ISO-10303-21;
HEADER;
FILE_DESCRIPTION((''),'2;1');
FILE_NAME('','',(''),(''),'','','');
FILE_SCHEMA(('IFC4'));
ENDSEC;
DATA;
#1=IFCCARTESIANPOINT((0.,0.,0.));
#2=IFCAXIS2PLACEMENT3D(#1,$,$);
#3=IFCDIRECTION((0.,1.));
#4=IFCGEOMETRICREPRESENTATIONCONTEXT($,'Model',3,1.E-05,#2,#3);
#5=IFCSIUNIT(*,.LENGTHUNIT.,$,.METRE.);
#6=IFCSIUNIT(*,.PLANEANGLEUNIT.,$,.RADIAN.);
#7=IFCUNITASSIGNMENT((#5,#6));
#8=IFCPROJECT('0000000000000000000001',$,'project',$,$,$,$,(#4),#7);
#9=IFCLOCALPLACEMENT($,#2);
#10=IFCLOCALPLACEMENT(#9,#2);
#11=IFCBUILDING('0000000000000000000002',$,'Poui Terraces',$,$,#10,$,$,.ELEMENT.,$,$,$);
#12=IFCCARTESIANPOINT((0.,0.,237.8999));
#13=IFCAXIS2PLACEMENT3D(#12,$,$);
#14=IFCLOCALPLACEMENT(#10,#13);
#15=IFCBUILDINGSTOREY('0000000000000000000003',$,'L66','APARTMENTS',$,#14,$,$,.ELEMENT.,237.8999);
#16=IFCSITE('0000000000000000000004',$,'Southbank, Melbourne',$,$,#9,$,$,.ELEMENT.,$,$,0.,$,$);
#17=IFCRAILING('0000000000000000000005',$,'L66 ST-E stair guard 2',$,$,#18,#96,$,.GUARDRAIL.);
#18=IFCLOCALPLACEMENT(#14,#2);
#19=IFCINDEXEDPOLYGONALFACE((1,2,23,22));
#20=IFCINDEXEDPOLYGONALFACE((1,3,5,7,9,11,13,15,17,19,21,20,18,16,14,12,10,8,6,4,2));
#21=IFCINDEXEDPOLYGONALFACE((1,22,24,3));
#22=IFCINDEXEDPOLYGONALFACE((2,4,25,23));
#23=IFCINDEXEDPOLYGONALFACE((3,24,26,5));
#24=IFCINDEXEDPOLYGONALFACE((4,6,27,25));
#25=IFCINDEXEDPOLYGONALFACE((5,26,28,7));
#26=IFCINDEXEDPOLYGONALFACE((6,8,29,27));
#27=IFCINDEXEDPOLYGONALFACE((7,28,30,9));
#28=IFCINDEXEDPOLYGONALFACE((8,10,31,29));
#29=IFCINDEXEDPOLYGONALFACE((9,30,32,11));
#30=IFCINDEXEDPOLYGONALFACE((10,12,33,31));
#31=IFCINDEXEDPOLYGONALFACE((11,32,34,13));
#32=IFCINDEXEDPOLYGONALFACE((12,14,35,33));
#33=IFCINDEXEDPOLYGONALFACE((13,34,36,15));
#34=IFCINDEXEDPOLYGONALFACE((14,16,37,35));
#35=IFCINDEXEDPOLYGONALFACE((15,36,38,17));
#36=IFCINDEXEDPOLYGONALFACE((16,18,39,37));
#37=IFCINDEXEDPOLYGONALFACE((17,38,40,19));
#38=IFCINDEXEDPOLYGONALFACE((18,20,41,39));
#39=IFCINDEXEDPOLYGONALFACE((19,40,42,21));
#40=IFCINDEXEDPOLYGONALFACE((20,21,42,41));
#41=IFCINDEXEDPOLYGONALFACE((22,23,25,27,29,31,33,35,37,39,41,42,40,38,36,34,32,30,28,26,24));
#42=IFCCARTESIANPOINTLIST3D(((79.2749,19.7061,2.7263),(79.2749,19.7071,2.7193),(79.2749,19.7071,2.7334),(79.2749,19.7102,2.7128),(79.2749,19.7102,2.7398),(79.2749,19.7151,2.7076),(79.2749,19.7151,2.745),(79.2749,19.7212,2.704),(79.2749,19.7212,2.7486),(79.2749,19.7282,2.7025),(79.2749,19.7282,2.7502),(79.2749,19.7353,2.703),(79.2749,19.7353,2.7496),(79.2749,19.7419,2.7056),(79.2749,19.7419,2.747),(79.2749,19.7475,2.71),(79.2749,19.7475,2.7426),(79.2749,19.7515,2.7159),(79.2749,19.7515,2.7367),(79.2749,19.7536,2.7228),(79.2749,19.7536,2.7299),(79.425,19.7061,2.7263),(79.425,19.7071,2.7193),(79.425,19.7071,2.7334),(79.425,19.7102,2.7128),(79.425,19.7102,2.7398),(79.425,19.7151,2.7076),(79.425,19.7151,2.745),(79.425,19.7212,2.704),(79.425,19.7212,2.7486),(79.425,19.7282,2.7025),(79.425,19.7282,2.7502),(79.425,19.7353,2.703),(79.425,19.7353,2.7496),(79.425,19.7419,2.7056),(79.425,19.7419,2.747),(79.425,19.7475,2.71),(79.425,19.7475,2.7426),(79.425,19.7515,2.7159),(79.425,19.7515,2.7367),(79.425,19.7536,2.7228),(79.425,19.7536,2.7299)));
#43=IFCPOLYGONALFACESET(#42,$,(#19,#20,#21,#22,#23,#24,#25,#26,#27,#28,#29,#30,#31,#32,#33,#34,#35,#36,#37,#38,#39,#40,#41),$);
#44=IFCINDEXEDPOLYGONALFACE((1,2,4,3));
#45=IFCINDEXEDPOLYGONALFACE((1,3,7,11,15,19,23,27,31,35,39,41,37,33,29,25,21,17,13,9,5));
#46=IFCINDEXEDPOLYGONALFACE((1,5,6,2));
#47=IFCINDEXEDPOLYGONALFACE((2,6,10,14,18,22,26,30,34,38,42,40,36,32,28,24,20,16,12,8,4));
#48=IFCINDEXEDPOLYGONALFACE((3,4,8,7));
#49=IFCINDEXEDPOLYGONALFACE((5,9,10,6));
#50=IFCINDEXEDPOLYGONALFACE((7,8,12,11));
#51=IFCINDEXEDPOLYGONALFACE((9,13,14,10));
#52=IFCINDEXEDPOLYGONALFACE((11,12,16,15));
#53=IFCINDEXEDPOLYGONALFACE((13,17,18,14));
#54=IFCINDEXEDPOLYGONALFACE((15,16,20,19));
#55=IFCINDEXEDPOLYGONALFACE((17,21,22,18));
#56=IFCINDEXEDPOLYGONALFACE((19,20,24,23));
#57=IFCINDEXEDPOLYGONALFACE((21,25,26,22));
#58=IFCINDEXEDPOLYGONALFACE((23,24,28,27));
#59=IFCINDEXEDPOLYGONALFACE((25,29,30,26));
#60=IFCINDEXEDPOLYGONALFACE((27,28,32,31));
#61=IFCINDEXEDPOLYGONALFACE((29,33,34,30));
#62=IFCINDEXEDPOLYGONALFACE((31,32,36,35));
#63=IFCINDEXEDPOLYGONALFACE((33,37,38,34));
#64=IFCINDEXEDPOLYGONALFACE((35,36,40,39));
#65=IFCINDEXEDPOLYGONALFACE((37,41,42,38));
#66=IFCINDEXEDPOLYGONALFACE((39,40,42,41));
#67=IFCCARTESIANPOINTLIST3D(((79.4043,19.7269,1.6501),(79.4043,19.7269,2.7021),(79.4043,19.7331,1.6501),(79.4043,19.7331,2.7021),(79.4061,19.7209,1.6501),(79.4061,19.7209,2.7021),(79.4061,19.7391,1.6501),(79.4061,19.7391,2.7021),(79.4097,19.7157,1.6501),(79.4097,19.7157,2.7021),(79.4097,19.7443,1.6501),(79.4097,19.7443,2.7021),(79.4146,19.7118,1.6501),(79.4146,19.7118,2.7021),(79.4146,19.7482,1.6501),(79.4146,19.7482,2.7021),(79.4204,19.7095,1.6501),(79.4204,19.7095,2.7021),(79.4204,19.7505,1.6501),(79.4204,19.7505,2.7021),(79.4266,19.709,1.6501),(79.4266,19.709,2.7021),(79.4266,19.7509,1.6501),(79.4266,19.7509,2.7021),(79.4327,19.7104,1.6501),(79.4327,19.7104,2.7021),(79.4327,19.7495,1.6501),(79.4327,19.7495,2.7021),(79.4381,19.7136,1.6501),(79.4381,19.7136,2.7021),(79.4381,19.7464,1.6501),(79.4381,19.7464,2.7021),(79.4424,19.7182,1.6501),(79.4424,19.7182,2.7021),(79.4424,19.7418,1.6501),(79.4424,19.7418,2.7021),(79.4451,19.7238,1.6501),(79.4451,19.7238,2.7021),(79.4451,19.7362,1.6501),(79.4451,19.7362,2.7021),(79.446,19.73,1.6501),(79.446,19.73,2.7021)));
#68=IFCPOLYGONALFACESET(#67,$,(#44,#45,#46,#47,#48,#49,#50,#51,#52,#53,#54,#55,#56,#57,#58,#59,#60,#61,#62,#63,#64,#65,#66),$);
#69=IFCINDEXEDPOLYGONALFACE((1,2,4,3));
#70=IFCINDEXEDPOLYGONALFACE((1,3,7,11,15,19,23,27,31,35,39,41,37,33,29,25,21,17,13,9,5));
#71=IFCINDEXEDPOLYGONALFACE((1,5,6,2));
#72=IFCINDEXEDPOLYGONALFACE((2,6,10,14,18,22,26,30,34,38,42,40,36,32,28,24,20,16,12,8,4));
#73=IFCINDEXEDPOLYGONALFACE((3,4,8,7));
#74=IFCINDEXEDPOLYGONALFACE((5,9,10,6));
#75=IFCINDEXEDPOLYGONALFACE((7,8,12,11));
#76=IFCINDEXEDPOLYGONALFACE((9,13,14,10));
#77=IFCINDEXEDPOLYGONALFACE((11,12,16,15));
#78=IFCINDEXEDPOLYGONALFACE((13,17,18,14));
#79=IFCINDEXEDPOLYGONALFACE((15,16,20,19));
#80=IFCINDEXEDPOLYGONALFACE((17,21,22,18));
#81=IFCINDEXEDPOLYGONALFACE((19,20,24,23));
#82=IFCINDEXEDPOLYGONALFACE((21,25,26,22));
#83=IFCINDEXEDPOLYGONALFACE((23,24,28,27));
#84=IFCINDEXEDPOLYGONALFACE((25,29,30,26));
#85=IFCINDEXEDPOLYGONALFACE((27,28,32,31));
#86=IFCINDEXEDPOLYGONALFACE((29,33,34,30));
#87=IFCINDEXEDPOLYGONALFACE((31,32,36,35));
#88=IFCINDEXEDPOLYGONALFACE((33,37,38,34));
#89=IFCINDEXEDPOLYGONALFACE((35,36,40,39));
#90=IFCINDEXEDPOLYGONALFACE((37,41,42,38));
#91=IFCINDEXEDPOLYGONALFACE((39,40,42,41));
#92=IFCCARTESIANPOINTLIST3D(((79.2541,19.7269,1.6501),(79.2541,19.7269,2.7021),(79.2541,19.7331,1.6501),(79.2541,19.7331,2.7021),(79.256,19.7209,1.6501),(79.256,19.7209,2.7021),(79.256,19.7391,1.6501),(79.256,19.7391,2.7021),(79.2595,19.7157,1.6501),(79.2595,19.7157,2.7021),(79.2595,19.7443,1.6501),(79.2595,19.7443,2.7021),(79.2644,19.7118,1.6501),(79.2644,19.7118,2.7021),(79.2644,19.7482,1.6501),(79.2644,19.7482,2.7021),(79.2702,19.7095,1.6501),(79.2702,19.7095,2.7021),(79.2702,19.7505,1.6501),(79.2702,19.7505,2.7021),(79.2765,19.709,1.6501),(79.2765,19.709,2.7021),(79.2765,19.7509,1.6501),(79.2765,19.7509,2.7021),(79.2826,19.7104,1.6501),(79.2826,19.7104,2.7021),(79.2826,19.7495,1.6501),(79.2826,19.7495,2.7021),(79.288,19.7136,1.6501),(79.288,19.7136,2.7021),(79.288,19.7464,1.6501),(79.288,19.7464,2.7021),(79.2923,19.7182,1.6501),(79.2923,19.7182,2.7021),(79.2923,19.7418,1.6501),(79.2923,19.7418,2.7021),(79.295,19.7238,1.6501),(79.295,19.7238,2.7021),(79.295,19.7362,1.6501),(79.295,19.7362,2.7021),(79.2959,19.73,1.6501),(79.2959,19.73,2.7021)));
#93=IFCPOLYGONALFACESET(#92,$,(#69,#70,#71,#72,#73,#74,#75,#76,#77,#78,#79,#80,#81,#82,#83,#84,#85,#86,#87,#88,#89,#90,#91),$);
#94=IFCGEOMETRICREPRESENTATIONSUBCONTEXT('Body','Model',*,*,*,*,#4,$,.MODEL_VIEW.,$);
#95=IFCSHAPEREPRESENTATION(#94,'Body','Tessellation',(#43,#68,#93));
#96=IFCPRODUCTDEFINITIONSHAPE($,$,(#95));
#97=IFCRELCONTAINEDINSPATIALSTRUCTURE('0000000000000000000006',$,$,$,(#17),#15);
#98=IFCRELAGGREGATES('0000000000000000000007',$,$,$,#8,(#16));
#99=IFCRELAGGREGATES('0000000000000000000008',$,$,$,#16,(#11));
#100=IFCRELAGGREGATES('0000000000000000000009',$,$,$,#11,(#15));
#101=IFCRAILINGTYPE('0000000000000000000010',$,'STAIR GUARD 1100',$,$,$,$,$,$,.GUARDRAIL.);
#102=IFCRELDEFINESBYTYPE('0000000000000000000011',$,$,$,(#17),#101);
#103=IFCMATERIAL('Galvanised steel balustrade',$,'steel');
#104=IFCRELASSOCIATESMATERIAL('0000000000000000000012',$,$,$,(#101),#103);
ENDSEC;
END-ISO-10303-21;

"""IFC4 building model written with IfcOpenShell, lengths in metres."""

from ifc_helpers import new_model, si_unit, direction, frame, origin, origin_2d, place, context, subcontext, project, spatial, circle, extrude, material, type_object, element, save


model = new_model("IFC4")

# Units and contexts
model_context = context("Model", 3, precision=1e-05, world=origin(), true_north=direction((0.0, 1.0)))
body_context = subcontext(model_context, "Body", "Model", "MODEL_VIEW")
ifc_project = project(units=[si_unit("LENGTHUNIT", "METRE"), si_unit("PLANEANGLEUNIT", "RADIAN")], contexts=[model_context])

# Site, building, storey
site_placement = place(None, origin())
site = spatial("IfcSite", under=ifc_project, at=site_placement, Name="Southbank, Melbourne", CompositionType="ELEMENT", RefElevation=0.0)
building_placement = place(site_placement, origin())
building = spatial("IfcBuilding", under=site, at=building_placement, Name="Poui Terraces", CompositionType="ELEMENT")
storey_placement = place(building_placement, frame((0.0, 0.0, 237.8999)))
storey = spatial("IfcBuildingStorey", under=building, at=storey_placement, Name="L66", Description="APARTMENTS", CompositionType="ELEMENT", Elevation=237.8999)

# Railing
ifc_material_1 = material(Name="Galvanised steel balustrade", Category="steel")
railing_type = type_object("IfcRailingType", Name="STAIR GUARD 1100", PredefinedType="GUARDRAIL", material=ifc_material_1)
for number, where, name in (
    (1, (79.425, 19.73, 1.6501), "L66 ST-E stair guard 2"),
):
    element("IfcRailing", number, at=place(storey_placement, frame(where)), inside=storey, type_object=railing_type, Name=name, PredefinedType="GUARDRAIL", context=body_context, shape_type="SweptSolid", body=[
        extrude(circle(Radius=0.0239, at=origin_2d()), frame((0.0, 0.0, 1.0762), z_axis=(-1.0, 0.0, 0.0), x_axis=(0.0, -1.0, 0.0)), (0.0, 0.0, 1.0), 0.1501),
        extrude(circle(Radius=0.021, at=origin_2d()), origin(), (0.0, 0.0, 1.0), 1.052),
        extrude(circle(Radius=0.021, at=origin_2d()), frame((-0.1501, 0.0, 0.0)), (0.0, 0.0, 1.0), 1.052),
    ])

save(model, "model.ifc")
